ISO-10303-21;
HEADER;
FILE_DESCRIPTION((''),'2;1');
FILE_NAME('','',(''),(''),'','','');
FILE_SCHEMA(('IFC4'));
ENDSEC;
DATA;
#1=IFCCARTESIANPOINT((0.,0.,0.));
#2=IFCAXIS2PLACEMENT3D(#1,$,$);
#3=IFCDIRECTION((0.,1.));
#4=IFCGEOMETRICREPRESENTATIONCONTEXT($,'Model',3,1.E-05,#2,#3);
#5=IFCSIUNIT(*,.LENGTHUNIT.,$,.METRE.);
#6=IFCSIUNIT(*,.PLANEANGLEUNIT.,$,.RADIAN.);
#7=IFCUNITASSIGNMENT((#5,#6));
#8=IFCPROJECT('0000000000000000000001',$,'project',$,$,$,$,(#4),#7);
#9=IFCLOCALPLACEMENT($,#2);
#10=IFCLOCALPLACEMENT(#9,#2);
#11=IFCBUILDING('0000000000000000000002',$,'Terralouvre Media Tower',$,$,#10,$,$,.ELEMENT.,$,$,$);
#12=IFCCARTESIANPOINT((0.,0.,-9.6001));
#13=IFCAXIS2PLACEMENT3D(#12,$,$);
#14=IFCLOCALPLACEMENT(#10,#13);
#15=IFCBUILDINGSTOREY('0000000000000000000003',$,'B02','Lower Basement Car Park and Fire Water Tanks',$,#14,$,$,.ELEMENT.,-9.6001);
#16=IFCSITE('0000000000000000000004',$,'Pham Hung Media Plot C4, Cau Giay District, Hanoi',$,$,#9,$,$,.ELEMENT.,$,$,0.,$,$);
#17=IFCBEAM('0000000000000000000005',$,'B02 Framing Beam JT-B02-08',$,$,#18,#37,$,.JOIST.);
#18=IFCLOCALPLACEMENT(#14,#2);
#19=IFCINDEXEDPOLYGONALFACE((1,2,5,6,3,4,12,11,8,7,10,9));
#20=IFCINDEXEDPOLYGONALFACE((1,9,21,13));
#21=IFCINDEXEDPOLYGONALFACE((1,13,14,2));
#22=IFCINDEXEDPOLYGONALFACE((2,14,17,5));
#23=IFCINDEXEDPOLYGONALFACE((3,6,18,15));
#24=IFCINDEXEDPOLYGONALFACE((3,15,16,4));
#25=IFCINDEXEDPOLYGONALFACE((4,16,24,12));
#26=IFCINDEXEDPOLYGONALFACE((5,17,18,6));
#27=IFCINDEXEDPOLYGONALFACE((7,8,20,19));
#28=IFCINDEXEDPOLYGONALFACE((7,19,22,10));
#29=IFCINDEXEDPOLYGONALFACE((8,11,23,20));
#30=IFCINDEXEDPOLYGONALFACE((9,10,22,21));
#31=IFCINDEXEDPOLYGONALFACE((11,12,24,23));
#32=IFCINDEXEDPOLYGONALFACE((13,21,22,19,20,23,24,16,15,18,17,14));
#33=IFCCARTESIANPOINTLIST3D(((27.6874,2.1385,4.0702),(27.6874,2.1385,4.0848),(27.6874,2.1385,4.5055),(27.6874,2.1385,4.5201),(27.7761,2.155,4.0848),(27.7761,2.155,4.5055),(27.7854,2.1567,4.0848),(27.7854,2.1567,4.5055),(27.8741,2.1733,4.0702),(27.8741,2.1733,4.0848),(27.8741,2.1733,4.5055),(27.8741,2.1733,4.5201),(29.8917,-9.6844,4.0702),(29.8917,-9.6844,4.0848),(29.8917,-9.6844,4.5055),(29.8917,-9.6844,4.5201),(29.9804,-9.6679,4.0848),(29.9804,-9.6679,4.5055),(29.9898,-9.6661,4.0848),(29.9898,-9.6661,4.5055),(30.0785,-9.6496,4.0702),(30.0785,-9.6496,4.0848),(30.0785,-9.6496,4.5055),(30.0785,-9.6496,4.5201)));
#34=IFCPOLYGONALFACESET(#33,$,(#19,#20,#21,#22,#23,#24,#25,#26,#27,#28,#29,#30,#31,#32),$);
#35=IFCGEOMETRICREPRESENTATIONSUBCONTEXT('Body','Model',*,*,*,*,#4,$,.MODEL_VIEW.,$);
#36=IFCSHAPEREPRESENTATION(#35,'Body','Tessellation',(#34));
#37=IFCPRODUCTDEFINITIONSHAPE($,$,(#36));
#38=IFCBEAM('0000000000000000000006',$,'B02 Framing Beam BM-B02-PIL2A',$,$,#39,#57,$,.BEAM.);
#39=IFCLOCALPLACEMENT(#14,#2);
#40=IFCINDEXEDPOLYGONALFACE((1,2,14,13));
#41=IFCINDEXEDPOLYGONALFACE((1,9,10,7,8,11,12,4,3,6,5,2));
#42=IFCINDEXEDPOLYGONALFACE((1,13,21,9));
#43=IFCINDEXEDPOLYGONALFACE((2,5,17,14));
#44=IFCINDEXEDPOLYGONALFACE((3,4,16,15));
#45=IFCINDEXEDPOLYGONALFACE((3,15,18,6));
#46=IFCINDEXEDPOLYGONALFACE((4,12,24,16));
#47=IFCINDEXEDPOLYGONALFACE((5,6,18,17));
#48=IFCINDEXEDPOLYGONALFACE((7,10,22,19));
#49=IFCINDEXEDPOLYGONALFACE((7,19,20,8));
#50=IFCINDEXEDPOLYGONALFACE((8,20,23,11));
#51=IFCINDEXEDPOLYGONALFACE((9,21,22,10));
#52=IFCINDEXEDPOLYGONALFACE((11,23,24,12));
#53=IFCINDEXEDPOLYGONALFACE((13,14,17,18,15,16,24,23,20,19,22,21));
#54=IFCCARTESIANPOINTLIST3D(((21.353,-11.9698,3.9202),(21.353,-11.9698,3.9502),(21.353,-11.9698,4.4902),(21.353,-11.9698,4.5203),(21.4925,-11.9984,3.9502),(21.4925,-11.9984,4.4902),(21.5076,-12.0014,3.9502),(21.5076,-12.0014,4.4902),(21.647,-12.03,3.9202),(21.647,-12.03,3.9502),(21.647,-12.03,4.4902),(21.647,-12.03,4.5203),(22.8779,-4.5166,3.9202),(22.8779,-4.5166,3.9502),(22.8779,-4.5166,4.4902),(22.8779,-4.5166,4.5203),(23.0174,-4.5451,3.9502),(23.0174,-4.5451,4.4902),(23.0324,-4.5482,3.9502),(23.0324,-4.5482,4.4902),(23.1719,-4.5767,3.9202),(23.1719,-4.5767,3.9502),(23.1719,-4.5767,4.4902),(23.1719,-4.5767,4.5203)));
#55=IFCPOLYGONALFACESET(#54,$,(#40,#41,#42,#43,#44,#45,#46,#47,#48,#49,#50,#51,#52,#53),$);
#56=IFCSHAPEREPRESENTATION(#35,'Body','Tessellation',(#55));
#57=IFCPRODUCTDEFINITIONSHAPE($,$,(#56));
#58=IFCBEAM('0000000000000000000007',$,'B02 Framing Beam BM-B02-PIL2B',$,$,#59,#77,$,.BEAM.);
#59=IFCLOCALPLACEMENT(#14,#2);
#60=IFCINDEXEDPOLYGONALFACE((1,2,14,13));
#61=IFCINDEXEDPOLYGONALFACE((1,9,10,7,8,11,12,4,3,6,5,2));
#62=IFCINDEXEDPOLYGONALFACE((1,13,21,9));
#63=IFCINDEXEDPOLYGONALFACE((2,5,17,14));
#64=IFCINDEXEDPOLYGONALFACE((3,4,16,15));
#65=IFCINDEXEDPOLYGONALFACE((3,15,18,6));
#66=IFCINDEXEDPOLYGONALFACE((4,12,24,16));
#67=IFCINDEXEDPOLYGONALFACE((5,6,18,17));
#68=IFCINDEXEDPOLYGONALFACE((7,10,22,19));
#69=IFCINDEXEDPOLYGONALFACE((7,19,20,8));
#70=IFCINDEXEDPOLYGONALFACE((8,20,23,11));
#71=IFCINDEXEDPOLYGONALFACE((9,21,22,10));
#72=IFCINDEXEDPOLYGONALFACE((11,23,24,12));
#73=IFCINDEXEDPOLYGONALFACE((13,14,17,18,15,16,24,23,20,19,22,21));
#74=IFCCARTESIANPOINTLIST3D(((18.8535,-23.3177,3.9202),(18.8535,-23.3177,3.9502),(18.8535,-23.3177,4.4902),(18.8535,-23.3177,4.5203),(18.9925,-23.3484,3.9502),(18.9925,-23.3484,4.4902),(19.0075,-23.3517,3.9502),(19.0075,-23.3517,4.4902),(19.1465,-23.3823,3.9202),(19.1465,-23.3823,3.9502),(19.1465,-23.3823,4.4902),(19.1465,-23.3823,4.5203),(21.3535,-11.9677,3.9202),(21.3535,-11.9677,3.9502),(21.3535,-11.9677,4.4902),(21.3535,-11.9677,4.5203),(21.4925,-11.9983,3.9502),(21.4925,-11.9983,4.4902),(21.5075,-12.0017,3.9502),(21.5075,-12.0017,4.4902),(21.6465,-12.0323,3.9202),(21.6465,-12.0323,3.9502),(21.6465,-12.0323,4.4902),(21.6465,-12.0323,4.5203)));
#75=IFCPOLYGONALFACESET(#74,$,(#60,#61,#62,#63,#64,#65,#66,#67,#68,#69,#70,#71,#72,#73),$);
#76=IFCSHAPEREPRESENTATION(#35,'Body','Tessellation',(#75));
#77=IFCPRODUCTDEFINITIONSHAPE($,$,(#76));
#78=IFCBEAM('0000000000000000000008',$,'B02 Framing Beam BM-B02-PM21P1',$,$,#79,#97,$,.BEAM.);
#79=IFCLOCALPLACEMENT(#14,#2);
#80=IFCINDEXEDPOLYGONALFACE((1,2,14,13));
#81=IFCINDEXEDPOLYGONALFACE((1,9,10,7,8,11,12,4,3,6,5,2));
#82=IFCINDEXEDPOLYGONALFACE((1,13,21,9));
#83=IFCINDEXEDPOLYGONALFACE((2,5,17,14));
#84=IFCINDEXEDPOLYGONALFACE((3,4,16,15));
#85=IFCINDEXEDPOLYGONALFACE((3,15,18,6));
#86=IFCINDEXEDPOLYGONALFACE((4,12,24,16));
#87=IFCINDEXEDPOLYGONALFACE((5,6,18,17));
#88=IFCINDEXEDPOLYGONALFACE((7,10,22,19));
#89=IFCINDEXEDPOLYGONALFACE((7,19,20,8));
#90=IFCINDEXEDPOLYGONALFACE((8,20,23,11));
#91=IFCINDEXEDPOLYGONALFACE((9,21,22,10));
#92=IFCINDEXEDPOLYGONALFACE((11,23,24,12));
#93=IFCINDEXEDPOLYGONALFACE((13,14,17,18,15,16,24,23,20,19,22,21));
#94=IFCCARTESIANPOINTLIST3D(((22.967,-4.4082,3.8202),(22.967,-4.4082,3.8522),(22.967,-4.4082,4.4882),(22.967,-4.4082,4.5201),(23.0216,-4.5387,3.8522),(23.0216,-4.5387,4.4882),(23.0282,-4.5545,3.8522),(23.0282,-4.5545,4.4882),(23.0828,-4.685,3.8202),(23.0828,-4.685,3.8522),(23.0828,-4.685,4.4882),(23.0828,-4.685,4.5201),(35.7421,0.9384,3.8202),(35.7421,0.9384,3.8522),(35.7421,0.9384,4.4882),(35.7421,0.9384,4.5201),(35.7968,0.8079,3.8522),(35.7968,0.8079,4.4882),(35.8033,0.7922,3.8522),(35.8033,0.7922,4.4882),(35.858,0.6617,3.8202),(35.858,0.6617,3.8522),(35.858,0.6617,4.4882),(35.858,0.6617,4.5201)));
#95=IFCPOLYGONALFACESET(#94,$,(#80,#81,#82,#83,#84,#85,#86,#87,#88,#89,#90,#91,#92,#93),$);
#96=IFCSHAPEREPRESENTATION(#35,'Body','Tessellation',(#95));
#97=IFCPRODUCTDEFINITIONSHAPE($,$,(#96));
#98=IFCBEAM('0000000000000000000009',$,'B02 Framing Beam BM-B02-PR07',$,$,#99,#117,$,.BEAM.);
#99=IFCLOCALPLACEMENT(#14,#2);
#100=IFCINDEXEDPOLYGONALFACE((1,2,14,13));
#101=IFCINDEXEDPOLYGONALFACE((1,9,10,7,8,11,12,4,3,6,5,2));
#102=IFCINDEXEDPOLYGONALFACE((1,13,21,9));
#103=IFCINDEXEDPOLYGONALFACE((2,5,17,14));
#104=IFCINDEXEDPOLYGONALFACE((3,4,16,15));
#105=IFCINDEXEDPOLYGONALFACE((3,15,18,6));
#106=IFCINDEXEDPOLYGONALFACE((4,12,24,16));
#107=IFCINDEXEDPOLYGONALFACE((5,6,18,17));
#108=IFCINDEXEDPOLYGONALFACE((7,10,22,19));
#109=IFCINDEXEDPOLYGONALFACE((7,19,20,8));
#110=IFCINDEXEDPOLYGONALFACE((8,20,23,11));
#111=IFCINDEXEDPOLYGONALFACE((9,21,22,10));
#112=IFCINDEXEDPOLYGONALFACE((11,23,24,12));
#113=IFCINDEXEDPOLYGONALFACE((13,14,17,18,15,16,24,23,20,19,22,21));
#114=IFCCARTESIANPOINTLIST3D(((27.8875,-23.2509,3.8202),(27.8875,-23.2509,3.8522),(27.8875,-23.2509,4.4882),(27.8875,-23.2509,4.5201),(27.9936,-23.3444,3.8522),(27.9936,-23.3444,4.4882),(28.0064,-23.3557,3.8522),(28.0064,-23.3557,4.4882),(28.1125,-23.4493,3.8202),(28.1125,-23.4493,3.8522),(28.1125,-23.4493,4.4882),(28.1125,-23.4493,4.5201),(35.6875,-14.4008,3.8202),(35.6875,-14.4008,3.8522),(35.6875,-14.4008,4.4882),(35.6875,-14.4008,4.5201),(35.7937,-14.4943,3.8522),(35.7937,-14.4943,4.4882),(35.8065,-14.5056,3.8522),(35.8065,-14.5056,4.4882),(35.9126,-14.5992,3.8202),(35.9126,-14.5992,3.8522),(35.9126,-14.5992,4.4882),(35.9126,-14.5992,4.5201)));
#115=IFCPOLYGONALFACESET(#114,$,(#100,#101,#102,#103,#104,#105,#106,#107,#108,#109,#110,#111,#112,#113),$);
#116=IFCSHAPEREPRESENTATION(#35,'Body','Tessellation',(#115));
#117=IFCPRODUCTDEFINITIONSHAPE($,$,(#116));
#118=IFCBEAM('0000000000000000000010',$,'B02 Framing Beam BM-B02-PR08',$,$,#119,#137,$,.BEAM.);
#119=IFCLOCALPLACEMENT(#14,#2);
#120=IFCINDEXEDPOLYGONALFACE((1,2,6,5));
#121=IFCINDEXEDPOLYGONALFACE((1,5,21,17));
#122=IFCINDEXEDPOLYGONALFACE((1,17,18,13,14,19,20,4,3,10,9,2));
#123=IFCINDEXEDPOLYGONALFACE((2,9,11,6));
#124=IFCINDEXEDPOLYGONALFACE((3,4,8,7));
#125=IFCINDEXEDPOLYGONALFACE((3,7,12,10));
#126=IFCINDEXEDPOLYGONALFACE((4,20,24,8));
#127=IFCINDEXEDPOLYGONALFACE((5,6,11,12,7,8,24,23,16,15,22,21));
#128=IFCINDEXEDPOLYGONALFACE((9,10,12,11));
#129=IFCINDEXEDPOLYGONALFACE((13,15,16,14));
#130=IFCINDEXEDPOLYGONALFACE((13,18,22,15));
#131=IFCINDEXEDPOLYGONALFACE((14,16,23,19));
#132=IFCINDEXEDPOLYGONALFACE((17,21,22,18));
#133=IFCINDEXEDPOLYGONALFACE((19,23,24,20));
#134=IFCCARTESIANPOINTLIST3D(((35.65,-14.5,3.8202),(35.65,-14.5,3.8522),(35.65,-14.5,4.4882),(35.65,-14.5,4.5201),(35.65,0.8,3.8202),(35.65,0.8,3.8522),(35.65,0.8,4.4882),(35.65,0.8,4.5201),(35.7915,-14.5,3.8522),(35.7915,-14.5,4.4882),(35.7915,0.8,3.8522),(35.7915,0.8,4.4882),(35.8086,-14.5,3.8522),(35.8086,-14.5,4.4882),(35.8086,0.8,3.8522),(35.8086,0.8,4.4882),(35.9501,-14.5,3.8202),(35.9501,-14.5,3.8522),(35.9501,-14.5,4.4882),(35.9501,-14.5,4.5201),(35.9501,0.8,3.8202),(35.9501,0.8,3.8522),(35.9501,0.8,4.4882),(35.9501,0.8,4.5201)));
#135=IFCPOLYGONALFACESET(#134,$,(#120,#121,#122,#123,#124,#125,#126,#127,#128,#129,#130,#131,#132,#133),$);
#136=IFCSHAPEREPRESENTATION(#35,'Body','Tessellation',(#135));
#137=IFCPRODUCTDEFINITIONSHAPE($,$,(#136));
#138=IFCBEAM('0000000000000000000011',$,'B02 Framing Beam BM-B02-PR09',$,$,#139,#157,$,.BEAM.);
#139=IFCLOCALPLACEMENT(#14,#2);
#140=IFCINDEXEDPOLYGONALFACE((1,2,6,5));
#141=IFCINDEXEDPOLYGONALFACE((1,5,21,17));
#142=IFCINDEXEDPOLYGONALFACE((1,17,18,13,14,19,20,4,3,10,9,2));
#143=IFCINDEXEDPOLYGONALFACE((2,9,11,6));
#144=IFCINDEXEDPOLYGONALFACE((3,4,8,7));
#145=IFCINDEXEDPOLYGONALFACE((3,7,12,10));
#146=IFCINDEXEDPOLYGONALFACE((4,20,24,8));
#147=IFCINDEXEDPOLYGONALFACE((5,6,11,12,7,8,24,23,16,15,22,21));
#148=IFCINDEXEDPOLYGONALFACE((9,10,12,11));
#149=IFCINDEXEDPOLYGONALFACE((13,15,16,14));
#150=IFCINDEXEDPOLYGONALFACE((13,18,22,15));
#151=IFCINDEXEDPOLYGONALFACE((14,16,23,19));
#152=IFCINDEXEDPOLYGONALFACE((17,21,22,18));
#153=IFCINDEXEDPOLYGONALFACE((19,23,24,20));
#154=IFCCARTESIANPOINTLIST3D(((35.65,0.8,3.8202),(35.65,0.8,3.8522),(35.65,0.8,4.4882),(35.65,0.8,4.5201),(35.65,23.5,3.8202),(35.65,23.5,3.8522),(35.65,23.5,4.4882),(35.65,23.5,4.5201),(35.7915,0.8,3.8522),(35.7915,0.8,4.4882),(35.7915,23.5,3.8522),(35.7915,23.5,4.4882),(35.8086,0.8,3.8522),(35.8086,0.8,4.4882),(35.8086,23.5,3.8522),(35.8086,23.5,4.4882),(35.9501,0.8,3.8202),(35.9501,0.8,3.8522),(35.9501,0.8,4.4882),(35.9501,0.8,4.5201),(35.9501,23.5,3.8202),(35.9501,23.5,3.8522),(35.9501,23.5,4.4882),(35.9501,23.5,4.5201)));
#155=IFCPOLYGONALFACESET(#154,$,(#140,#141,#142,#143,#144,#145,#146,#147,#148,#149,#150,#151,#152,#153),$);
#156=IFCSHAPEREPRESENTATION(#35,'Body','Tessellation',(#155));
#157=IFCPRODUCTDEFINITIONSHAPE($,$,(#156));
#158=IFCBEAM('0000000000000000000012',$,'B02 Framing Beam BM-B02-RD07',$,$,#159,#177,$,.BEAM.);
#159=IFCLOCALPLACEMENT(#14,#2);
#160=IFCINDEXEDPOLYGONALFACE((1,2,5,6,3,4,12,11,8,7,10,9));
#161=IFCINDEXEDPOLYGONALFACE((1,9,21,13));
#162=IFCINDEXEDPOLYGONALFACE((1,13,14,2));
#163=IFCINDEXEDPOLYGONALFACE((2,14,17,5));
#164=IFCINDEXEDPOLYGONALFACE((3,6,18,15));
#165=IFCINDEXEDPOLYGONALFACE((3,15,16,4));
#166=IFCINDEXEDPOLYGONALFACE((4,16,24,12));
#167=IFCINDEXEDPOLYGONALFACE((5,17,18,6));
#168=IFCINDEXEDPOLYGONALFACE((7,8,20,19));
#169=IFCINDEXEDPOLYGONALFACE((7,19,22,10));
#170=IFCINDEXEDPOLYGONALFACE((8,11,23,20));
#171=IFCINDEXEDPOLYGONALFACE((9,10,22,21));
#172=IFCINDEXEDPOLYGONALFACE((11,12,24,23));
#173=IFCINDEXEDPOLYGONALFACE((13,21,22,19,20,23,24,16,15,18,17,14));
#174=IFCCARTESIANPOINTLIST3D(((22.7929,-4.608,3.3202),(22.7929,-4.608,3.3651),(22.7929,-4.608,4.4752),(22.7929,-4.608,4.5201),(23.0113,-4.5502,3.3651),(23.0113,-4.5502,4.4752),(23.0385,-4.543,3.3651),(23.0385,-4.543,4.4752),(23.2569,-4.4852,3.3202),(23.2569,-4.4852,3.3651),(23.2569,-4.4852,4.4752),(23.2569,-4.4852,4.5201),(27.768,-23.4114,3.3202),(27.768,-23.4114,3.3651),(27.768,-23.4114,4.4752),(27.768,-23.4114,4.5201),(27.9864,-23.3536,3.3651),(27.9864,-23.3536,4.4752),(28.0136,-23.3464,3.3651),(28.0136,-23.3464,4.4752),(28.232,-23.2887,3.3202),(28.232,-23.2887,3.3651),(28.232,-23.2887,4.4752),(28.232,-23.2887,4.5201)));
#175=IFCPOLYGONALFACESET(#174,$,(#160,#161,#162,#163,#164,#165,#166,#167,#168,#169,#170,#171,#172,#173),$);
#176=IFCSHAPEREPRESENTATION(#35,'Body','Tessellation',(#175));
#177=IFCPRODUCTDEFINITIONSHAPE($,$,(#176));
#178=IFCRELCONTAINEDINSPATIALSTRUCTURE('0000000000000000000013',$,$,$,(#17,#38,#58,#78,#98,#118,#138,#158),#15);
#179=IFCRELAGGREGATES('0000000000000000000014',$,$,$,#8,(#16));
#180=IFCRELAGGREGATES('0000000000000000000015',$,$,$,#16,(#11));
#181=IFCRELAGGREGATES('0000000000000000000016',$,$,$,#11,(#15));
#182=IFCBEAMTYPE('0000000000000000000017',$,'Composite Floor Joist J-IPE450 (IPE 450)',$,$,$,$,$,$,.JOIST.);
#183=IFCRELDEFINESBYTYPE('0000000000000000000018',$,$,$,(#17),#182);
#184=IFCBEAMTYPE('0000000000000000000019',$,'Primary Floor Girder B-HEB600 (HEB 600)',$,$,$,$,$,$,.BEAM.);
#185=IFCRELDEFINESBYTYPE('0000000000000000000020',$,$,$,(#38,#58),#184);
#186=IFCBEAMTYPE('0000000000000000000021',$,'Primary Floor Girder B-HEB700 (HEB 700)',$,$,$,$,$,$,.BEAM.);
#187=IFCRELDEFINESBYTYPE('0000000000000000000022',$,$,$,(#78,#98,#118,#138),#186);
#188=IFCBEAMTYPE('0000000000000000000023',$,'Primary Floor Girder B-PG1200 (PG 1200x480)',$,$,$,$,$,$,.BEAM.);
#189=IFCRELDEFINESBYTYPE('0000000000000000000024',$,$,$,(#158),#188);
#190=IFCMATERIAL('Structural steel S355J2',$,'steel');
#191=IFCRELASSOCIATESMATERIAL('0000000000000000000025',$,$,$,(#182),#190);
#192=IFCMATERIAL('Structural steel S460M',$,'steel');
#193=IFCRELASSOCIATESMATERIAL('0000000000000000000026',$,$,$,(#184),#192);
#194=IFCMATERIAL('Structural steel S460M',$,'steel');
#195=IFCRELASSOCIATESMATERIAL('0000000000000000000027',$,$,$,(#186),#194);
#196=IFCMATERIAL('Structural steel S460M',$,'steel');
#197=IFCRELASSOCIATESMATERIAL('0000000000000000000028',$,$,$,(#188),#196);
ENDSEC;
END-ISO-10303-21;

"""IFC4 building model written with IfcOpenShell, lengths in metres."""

from ifc_helpers import new_model, si_unit, direction, frame, origin, origin_2d, place, context, subcontext, project, spatial, i_section, extrude, material, material_profile, profile_set, type_object, element, save


model = new_model("IFC4")

# Units and contexts
model_context = context("Model", 3, precision=1e-05, world=origin(), true_north=direction((0.0, 1.0)))
body_context = subcontext(model_context, "Body", "Model", "MODEL_VIEW")
ifc_project = project(units=[si_unit("LENGTHUNIT", "METRE"), si_unit("PLANEANGLEUNIT", "RADIAN")], contexts=[model_context])

# Site, building, storey
site_placement = place(None, origin())
site = spatial("IfcSite", under=ifc_project, at=site_placement, Name="Pham Hung Media Plot C4, Cau Giay District, Hanoi", CompositionType="ELEMENT", RefElevation=0.0)
building_placement = place(site_placement, origin())
building = spatial("IfcBuilding", under=site, at=building_placement, Name="Terralouvre Media Tower", CompositionType="ELEMENT")
storey_placement = place(building_placement, frame((0.0, 0.0, -9.6001)))
storey = spatial("IfcBuildingStorey", under=building, at=storey_placement, Name="B02", Description="Lower Basement Car Park and Fire Water Tanks", CompositionType="ELEMENT", Elevation=-9.6001)

# Beams
ifc_material_1 = material(Name="Structural steel S355J2", Category="steel")
ifc_material_profile_1 = material_profile(ifc_material_1, i_section(OverallWidth=0.1899, OverallDepth=0.45, WebThickness=0.0095, FlangeThickness=0.0146, at=origin_2d()), Name="IPE 450")
ifc_profile_set_1 = profile_set([ifc_material_profile_1], Name="Structural steel S355J2")
beam_type_1 = type_object("IfcBeamType", Name="Composite Floor Joist J-IPE450 (IPE 450)", PredefinedType="JOIST", material=ifc_profile_set_1)
beam_1_placement = place(storey_placement, frame((29.9851, -9.667, 4.2952), z_axis=(-0.183291, 0.983059, 0.0), x_axis=(-0.983059, -0.183291, 0.0)))
element("IfcBeam", 1, at=beam_1_placement, inside=storey, type_object=beam_type_1, Name="B02 Framing Beam JT-B02-08", PredefinedType="JOIST", context=body_context, shape_type="SweptSolid", body=[
    extrude(i_section(OverallWidth=0.1899, OverallDepth=0.45, WebThickness=0.0095, FlangeThickness=0.0146, at=origin_2d()), origin(), (0.0, 0.0, 1.0), 12.0266),
])
ifc_material_2 = material(Name="Structural steel S460M", Category="steel")
ifc_material_profile_2 = material_profile(ifc_material_2, i_section(OverallWidth=0.3, OverallDepth=0.6001, WebThickness=0.0154, FlangeThickness=0.03, at=origin_2d()), Name="HEB 600")
ifc_profile_set_2 = profile_set([ifc_material_profile_2], Name="Structural steel S460M")
beam_type_2 = type_object("IfcBeamType", Name="Primary Floor Girder B-HEB600 (HEB 600)", PredefinedType="BEAM", material=ifc_profile_set_2)
beam_2_placement = place(storey_placement, frame((23.0249, -4.5466, 4.2202), z_axis=(-0.20044, -0.979706, 0.0), x_axis=(0.979706, -0.20044, 0.0)))
element("IfcBeam", 2, at=beam_2_placement, inside=storey, type_object=beam_type_2, Name="B02 Framing Beam BM-B02-PIL2A", PredefinedType="BEAM", context=body_context, shape_type="SweptSolid", body=[
    extrude(i_section(OverallWidth=0.3, OverallDepth=0.6001, WebThickness=0.0154, FlangeThickness=0.03, at=origin_2d()), origin(), (0.0, 0.0, 1.0), 7.6077),
])
beam_3_placement = place(storey_placement, frame((21.5, -12.0, 4.2202), z_axis=(-0.215106, -0.976591, 0.0), x_axis=(0.976591, -0.215106, 0.0)))
element("IfcBeam", 3, at=beam_3_placement, inside=storey, type_object=beam_type_2, Name="B02 Framing Beam BM-B02-PIL2B", PredefinedType="BEAM", context=body_context, shape_type="SweptSolid", body=[
    extrude(i_section(OverallWidth=0.3, OverallDepth=0.6001, WebThickness=0.0154, FlangeThickness=0.03, at=origin_2d()), origin(), (0.0, 0.0, 1.0), 11.6221),
])
ifc_material_3 = material(Name="Structural steel S460M", Category="steel")
ifc_material_profile_3 = material_profile(ifc_material_3, i_section(OverallWidth=0.3, OverallDepth=0.7, WebThickness=0.0171, FlangeThickness=0.032, at=origin_2d()), Name="HEB 700")
ifc_profile_set_3 = profile_set([ifc_material_profile_3], Name="Structural steel S460M")
beam_type_3 = type_object("IfcBeamType", Name="Primary Floor Girder B-HEB700 (HEB 700)", PredefinedType="BEAM", material=ifc_profile_set_3)
beam_4_placement = place(storey_placement, frame((23.0249, -4.5466, 4.1702), z_axis=(0.922468, 0.386073, 0.0), x_axis=(-0.386073, 0.922468, 0.0)))
element("IfcBeam", 4, at=beam_4_placement, inside=storey, type_object=beam_type_3, Name="B02 Framing Beam BM-B02-PM21P1", PredefinedType="BEAM", context=body_context, shape_type="SweptSolid", body=[
    extrude(i_section(OverallWidth=0.3, OverallDepth=0.7, WebThickness=0.0171, FlangeThickness=0.032, at=origin_2d()), origin(), (0.0, 0.0, 1.0), 13.8489),
])
beam_5_placement = place(storey_placement, frame((28.0, -23.3501, 4.1702), z_axis=(0.661199, 0.75021, 0.0), x_axis=(-0.75021, 0.661199, 0.0)))
element("IfcBeam", 5, at=beam_5_placement, inside=storey, type_object=beam_type_3, Name="B02 Framing Beam BM-B02-PR07", PredefinedType="BEAM", context=body_context, shape_type="SweptSolid", body=[
    extrude(i_section(OverallWidth=0.3, OverallDepth=0.7, WebThickness=0.0171, FlangeThickness=0.032, at=origin_2d()), origin(), (0.0, 0.0, 1.0), 11.7969),
])
beam_6_placement = place(storey_placement, frame((35.8, -14.5, 4.1702), z_axis=(0.0, 1.0, 0.0), x_axis=(-1.0, 0.0, 0.0)))
element("IfcBeam", 6, at=beam_6_placement, inside=storey, type_object=beam_type_3, Name="B02 Framing Beam BM-B02-PR08", PredefinedType="BEAM", context=body_context, shape_type="SweptSolid", body=[
    extrude(i_section(OverallWidth=0.3, OverallDepth=0.7, WebThickness=0.0171, FlangeThickness=0.032, at=origin_2d()), origin(), (0.0, 0.0, 1.0), 15.3),
])
beam_7_placement = place(storey_placement, frame((35.8, 0.8, 4.1702), z_axis=(0.0, 1.0, 0.0), x_axis=(-1.0, 0.0, 0.0)))
element("IfcBeam", 7, at=beam_7_placement, inside=storey, type_object=beam_type_3, Name="B02 Framing Beam BM-B02-PR09", PredefinedType="BEAM", context=body_context, shape_type="SweptSolid", body=[
    extrude(i_section(OverallWidth=0.3, OverallDepth=0.7, WebThickness=0.0171, FlangeThickness=0.032, at=origin_2d()), origin(), (0.0, 0.0, 1.0), 22.7),
])
ifc_material_4 = material(Name="Structural steel S460M", Category="steel")
ifc_material_profile_4 = material_profile(ifc_material_4, i_section(OverallWidth=0.48, OverallDepth=1.2, WebThickness=0.0281, FlangeThickness=0.0449, at=origin_2d()), Name="PG 1200x480")
ifc_profile_set_4 = profile_set([ifc_material_profile_4], Name="Structural steel S460M")
beam_type_4 = type_object("IfcBeamType", Name="Primary Floor Girder B-PG1200 (PG 1200x480)", PredefinedType="BEAM", material=ifc_profile_set_4)
beam_8_placement = place(storey_placement, frame((23.0249, -4.5466, 3.9202), z_axis=(0.255783, -0.966734, 0.0), x_axis=(0.966734, 0.255783, 0.0)))
element("IfcBeam", 8, at=beam_8_placement, inside=storey, type_object=beam_type_4, Name="B02 Framing Beam BM-B02-RD07", PredefinedType="BEAM", context=body_context, shape_type="SweptSolid", body=[
    extrude(i_section(OverallWidth=0.48, OverallDepth=1.2, WebThickness=0.0281, FlangeThickness=0.0449, at=origin_2d()), origin(), (0.0, 0.0, 1.0), 19.4504),
])

save(model, "model.ifc")
